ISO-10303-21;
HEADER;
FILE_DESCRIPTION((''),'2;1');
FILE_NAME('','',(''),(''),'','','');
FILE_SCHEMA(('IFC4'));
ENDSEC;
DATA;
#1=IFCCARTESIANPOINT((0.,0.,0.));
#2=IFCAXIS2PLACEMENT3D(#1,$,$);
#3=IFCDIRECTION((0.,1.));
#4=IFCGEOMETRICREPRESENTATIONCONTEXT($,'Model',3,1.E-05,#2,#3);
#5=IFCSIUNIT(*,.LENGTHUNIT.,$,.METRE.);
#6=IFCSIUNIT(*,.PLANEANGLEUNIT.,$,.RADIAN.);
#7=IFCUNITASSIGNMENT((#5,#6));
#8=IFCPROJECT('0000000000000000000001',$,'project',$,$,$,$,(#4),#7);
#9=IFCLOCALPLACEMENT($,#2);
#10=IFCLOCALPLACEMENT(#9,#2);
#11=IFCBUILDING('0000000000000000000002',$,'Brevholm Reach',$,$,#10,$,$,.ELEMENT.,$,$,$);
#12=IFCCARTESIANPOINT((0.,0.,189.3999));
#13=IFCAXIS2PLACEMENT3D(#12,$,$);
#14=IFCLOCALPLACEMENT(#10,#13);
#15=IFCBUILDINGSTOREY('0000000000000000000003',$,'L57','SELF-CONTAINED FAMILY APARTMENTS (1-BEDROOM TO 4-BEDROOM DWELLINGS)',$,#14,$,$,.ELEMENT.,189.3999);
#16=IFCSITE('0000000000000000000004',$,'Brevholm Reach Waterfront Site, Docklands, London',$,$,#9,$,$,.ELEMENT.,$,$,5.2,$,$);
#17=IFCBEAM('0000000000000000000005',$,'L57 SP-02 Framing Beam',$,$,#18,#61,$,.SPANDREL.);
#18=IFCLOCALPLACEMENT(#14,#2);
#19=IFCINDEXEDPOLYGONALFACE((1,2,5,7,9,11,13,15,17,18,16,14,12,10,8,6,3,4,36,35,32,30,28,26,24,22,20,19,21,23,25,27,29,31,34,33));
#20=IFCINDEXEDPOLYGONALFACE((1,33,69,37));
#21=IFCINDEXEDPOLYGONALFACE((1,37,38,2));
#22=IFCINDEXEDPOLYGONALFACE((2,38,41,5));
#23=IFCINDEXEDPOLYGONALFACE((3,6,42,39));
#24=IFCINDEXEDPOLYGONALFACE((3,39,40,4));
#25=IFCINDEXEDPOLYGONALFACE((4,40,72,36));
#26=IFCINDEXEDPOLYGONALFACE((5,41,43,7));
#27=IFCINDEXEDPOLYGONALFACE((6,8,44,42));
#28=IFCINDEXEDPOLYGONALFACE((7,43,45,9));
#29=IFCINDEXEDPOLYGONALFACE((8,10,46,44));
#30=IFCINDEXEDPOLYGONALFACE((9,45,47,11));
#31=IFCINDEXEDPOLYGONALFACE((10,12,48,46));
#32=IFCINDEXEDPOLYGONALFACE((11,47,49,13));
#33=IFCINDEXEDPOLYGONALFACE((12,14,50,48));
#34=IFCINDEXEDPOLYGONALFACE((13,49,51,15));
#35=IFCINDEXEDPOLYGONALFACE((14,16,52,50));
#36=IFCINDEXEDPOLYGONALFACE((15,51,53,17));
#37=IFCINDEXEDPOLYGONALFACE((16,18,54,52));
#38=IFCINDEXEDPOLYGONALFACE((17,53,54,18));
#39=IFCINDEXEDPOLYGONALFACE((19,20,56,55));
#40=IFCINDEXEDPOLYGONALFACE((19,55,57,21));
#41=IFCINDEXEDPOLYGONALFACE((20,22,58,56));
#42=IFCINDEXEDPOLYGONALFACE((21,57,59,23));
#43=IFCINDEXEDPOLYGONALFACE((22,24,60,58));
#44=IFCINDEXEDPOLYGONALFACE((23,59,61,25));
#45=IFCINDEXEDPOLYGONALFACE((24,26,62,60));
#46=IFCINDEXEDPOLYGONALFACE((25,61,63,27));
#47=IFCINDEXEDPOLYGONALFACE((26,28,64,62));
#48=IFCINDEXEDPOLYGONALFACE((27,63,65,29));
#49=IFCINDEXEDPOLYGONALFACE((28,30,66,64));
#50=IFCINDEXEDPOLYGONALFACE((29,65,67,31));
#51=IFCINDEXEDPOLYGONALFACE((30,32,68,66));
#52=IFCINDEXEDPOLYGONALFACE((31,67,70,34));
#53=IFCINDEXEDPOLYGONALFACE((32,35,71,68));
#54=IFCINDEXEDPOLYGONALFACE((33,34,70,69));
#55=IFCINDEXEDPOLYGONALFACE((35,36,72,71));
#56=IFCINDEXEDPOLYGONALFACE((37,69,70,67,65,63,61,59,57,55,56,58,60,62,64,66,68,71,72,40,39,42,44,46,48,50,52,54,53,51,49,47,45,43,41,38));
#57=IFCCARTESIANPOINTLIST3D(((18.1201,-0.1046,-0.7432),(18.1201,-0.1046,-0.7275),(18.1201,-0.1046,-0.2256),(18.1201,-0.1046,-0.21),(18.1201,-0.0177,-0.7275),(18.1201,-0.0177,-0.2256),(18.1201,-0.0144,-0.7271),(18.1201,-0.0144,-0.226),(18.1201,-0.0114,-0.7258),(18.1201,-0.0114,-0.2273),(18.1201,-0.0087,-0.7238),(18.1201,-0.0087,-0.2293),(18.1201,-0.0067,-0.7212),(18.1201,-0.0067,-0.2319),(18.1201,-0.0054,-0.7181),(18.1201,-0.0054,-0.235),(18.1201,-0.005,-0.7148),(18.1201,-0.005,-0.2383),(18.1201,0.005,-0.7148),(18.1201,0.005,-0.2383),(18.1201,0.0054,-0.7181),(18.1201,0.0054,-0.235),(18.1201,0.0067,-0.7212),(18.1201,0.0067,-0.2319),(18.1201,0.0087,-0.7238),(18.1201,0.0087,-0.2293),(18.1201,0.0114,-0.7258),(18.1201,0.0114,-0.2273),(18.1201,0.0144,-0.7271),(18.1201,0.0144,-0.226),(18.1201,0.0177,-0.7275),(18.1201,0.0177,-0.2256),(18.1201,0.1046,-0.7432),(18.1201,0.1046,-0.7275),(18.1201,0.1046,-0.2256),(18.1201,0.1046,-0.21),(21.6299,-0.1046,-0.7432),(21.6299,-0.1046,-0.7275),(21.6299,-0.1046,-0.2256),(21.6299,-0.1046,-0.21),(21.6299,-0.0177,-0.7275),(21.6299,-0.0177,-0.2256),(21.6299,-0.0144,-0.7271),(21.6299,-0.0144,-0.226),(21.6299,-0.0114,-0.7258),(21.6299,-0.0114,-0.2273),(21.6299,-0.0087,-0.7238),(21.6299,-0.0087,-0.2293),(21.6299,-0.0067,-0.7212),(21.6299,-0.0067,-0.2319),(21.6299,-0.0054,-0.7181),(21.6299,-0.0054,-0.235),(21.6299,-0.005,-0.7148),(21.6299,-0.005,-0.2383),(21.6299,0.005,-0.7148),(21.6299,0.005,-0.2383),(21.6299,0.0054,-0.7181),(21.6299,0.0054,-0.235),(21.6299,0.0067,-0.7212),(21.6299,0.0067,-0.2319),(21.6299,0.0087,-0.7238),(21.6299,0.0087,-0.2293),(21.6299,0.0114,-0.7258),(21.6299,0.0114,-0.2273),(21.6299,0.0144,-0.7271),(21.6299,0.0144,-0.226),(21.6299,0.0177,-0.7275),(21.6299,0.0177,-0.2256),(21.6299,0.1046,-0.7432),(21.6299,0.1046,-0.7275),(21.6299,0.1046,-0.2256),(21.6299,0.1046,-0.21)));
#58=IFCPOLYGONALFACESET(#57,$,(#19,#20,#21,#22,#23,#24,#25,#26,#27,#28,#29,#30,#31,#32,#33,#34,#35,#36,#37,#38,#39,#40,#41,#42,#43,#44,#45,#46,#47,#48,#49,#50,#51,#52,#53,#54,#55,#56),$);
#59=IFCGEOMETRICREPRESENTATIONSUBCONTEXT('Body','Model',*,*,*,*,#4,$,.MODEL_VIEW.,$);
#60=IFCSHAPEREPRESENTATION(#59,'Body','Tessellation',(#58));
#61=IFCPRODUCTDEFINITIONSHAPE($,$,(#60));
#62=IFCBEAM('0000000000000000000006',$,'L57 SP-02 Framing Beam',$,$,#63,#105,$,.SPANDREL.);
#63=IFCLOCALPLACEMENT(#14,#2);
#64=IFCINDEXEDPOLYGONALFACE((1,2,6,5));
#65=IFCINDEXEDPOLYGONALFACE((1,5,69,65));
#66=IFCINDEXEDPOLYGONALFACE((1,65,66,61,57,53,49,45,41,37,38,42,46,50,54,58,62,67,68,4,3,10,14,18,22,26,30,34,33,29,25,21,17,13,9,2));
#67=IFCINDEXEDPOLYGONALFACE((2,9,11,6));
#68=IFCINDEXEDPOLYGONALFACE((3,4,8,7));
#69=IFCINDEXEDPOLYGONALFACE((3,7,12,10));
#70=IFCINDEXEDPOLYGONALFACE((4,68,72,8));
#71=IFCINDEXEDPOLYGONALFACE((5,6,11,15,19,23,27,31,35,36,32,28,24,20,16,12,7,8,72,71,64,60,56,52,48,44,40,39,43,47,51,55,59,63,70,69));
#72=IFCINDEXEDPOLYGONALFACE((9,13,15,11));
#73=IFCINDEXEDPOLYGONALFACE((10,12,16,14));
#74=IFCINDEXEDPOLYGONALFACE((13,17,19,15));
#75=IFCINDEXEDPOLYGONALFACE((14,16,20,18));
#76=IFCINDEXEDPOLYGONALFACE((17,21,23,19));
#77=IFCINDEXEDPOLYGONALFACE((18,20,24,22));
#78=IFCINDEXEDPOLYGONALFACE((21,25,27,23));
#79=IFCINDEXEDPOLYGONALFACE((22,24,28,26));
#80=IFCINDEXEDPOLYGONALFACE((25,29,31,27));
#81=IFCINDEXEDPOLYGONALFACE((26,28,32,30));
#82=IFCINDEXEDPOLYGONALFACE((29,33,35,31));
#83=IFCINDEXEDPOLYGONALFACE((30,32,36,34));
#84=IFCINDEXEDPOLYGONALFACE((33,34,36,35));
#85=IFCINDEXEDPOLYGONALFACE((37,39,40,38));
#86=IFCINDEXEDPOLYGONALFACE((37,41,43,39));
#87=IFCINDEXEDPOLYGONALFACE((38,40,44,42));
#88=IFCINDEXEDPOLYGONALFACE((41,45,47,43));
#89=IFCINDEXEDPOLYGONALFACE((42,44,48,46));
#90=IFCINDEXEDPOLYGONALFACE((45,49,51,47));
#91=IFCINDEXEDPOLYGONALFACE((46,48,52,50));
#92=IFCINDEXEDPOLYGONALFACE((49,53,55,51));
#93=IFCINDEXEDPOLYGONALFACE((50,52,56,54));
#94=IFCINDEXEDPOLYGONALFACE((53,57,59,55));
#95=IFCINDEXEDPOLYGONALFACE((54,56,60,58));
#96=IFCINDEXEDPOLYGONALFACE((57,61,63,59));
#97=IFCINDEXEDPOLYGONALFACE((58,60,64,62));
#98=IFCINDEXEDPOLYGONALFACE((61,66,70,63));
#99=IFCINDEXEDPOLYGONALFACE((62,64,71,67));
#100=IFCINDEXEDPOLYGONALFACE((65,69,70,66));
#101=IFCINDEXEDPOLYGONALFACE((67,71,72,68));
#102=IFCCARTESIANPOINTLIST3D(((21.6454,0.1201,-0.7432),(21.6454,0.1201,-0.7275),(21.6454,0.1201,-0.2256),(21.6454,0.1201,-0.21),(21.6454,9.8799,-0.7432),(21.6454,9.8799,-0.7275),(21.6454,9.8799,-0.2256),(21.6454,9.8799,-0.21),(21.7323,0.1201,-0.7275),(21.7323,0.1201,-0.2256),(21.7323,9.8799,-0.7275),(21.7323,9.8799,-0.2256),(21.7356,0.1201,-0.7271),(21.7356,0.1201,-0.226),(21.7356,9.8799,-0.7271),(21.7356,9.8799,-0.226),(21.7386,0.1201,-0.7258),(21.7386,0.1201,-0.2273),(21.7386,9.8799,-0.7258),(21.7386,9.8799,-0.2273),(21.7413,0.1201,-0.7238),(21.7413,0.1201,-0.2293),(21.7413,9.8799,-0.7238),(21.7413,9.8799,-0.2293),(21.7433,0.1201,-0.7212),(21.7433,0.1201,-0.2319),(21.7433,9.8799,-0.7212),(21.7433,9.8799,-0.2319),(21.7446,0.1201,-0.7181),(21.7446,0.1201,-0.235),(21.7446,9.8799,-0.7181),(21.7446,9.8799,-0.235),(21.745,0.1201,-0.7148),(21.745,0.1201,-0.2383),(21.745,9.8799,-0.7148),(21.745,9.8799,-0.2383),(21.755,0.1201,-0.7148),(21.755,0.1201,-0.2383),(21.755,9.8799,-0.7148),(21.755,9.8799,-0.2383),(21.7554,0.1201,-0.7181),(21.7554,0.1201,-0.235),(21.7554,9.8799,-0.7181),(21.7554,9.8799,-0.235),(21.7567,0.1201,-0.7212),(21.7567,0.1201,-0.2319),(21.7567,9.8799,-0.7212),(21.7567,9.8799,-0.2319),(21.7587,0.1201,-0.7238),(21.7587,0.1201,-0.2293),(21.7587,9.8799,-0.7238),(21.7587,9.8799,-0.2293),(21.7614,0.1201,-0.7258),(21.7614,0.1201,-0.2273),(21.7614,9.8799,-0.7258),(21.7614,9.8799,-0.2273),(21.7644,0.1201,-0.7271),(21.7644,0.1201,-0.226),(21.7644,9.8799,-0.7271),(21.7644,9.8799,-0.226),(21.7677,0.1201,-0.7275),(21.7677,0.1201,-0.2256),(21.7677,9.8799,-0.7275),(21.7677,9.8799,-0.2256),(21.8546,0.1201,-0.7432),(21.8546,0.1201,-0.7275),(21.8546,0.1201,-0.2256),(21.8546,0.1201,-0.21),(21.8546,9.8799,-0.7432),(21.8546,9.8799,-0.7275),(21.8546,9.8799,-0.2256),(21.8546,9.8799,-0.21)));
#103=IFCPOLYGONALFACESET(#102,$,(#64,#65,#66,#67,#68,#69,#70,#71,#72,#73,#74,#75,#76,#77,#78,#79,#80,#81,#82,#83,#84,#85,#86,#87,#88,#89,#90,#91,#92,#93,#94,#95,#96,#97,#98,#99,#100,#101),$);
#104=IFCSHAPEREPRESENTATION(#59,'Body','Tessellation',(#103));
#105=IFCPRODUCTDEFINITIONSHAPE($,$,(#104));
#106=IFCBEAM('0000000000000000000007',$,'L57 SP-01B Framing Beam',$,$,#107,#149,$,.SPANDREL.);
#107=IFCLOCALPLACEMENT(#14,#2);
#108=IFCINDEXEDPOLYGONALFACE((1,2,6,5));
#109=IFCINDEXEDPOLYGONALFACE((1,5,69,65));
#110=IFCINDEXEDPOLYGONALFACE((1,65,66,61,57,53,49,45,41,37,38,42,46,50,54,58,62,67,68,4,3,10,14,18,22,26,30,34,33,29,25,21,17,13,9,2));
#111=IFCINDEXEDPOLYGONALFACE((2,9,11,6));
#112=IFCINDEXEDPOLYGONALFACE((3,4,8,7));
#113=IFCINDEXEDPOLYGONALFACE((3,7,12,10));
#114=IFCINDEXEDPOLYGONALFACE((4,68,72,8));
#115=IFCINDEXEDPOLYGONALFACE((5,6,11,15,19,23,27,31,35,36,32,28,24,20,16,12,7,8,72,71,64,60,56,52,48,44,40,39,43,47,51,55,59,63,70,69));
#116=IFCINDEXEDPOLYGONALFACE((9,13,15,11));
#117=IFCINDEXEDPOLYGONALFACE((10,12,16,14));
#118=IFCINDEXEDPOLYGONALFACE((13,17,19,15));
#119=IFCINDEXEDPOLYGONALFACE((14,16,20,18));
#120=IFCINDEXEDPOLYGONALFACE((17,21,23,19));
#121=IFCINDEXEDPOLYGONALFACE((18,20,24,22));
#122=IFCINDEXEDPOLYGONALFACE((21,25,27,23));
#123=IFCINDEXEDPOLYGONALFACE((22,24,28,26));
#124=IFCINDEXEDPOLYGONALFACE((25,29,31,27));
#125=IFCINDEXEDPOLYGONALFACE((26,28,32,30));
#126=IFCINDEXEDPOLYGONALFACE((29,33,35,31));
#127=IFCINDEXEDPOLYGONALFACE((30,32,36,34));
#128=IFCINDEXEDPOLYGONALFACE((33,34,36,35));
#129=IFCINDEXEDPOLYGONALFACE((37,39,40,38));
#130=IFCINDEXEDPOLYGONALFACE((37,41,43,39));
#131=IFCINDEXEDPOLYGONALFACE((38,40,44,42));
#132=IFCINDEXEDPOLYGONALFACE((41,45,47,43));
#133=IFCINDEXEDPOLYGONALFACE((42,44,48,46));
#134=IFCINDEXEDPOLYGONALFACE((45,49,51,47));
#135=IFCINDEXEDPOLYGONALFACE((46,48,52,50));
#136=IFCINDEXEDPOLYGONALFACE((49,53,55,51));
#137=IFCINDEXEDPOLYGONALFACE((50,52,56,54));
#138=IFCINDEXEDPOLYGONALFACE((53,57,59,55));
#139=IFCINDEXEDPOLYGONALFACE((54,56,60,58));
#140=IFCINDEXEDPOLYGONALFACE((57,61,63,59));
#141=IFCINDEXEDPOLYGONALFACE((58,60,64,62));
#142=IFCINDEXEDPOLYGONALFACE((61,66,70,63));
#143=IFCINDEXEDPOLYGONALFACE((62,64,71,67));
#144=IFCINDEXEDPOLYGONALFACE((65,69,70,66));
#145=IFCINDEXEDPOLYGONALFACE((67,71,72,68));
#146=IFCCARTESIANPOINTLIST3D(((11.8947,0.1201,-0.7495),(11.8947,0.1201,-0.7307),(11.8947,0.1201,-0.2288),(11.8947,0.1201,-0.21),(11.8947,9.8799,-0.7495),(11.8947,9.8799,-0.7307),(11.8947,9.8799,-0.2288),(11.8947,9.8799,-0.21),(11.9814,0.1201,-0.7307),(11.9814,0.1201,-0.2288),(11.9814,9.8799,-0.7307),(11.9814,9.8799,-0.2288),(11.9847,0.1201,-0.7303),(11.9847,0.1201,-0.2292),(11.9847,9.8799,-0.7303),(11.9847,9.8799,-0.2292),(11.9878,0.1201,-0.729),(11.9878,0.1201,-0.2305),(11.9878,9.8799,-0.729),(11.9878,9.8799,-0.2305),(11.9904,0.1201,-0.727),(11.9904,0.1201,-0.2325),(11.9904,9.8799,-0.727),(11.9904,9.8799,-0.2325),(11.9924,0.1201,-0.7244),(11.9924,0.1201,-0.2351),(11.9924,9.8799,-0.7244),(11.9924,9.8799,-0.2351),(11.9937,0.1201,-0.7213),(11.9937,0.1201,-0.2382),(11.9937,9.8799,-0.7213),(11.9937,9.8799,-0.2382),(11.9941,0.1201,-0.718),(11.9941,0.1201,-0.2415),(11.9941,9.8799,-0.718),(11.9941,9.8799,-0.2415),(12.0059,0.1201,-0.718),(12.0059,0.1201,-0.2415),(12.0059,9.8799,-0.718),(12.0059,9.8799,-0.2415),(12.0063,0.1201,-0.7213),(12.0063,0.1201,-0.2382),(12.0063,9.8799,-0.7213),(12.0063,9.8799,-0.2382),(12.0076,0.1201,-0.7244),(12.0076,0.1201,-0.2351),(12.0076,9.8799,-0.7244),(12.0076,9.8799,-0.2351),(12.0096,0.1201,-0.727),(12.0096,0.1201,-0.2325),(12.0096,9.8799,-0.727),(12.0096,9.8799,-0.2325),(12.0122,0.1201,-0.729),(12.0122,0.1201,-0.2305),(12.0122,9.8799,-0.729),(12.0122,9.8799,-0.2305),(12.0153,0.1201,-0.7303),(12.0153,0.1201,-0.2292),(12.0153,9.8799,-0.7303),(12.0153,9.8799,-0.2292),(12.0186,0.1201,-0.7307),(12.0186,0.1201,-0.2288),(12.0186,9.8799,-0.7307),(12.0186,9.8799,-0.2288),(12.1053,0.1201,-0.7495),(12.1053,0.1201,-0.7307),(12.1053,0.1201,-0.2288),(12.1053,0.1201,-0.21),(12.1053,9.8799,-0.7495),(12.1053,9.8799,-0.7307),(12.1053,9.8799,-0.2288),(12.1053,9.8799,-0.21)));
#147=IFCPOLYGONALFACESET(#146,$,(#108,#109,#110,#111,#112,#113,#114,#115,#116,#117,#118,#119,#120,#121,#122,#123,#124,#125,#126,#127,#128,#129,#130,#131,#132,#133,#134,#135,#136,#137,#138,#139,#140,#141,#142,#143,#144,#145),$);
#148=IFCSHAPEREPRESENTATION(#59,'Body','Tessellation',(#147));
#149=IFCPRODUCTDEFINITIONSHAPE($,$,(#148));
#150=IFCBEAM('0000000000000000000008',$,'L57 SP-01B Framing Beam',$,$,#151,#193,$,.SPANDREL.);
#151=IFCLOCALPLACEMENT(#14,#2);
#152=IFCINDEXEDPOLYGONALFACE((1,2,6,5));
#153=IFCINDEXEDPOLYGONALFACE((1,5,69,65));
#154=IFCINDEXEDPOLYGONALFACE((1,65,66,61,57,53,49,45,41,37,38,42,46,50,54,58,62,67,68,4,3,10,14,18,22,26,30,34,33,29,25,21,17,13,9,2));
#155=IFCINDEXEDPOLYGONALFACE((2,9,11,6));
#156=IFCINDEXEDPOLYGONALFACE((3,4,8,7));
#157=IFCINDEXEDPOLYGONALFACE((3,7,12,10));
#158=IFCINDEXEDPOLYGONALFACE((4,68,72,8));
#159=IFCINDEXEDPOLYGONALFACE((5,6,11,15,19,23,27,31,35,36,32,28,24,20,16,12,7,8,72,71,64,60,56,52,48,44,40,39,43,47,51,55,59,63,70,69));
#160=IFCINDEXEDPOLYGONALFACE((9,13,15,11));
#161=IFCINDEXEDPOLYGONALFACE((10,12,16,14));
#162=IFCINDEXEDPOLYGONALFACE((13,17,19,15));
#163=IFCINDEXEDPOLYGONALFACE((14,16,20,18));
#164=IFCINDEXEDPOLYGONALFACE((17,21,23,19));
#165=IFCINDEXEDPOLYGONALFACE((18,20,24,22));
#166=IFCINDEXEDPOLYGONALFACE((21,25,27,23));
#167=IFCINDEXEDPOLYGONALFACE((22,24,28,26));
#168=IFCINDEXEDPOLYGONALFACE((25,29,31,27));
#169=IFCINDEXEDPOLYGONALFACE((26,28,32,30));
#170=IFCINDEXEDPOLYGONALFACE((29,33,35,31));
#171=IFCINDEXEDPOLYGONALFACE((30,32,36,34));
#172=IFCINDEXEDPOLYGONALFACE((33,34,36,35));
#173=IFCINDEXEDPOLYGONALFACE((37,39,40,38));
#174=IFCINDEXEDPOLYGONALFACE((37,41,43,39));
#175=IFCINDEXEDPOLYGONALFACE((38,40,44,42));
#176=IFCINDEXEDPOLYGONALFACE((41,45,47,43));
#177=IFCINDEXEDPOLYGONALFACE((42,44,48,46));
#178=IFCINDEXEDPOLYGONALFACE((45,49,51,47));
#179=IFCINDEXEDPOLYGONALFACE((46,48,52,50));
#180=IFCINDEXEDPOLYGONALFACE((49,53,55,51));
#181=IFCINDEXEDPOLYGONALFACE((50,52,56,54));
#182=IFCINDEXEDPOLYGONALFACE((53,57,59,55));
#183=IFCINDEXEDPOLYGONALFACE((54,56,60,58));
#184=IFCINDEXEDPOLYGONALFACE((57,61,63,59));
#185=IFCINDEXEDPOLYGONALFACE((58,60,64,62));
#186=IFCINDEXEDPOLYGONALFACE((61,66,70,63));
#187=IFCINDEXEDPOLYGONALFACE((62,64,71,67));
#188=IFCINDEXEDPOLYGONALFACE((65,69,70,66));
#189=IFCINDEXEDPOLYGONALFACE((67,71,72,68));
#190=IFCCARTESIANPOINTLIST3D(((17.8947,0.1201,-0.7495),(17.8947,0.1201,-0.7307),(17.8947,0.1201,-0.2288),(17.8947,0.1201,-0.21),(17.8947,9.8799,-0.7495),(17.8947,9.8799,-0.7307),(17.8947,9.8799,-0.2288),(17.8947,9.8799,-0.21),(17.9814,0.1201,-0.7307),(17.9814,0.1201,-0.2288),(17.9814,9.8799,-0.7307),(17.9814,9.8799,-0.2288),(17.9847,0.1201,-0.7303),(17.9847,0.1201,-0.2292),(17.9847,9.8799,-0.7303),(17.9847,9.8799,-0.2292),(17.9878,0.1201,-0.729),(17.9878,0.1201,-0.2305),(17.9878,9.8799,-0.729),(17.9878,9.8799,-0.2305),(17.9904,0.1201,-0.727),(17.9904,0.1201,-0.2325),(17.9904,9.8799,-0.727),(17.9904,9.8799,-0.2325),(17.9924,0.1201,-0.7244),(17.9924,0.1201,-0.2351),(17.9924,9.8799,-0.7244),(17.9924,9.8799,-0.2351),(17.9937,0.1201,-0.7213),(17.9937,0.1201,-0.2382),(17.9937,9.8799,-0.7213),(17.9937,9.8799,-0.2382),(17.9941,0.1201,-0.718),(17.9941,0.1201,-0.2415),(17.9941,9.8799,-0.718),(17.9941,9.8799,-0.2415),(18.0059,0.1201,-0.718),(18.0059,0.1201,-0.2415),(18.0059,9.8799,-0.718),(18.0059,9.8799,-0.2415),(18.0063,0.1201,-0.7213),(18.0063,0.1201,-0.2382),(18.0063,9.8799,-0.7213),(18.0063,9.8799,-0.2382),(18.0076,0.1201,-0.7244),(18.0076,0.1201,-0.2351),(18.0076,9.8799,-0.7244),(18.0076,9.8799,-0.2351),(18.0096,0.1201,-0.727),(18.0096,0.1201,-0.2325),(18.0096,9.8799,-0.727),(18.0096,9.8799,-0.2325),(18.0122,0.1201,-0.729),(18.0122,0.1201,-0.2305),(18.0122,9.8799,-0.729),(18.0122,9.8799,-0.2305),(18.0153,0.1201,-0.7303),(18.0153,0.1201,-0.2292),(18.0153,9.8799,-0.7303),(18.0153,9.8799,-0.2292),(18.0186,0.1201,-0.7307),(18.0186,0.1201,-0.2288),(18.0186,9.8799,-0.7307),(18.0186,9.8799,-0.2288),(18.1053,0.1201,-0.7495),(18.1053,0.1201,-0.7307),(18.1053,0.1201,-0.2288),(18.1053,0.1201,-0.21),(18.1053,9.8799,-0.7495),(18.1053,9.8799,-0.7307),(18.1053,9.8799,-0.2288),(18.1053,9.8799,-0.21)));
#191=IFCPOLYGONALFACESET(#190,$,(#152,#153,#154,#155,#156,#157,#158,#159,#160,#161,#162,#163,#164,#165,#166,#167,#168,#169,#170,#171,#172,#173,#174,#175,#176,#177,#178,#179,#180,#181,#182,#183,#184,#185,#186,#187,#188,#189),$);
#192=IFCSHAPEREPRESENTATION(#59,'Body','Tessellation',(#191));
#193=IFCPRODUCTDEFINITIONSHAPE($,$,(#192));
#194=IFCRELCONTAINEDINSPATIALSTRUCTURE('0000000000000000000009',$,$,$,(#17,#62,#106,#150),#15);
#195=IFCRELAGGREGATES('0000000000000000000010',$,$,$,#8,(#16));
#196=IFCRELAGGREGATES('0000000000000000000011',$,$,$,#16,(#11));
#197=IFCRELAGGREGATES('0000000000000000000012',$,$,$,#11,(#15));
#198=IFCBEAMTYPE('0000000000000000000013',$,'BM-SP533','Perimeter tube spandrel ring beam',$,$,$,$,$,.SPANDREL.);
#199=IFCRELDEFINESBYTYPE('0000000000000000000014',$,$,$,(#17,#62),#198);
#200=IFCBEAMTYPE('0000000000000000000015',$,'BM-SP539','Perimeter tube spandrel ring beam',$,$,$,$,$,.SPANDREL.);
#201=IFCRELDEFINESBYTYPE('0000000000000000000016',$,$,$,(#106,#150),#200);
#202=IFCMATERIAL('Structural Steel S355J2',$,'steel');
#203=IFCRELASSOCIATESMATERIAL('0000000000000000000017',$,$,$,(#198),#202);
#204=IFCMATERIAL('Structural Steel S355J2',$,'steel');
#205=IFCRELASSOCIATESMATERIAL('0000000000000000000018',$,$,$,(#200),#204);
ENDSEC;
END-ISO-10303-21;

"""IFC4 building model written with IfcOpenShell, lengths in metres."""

from ifc_helpers import new_model, si_unit, direction, frame, origin, origin_2d, place, context, subcontext, project, spatial, i_section, extrude, material, material_profile, profile_set, type_object, element, save


model = new_model("IFC4")

# Units and contexts
model_context = context("Model", 3, precision=1e-05, world=origin(), true_north=direction((0.0, 1.0)))
body_context = subcontext(model_context, "Body", "Model", "MODEL_VIEW")
ifc_project = project(units=[si_unit("LENGTHUNIT", "METRE"), si_unit("PLANEANGLEUNIT", "RADIAN")], contexts=[model_context])

# Site, building, storey
site_placement = place(None, origin())
site = spatial("IfcSite", under=ifc_project, at=site_placement, Name="Brevholm Reach Waterfront Site, Docklands, London", CompositionType="ELEMENT", RefElevation=5.2)
building_placement = place(site_placement, origin())
building = spatial("IfcBuilding", under=site, at=building_placement, Name="Brevholm Reach", CompositionType="ELEMENT")
storey_placement = place(building_placement, frame((0.0, 0.0, 189.3999)))
storey = spatial("IfcBuildingStorey", under=building, at=storey_placement, Name="L57", Description="SELF-CONTAINED FAMILY APARTMENTS (1-BEDROOM TO 4-BEDROOM DWELLINGS)", CompositionType="ELEMENT", Elevation=189.3999)

# Beams
ifc_material_1 = material(Name="Structural Steel S355J2", Category="steel")
ifc_material_profile_1 = material_profile(ifc_material_1, i_section(OverallWidth=0.2092, OverallDepth=0.5332, WebThickness=0.01, FlangeThickness=0.0156, FilletRadius=0.0127, at=origin_2d()), Name="UKB 533x210x92")
ifc_profile_set_1 = profile_set([ifc_material_profile_1], Name="Structural Steel S355J2")
beam_type_1 = type_object("IfcBeamType", Name="BM-SP533", Description="Perimeter tube spandrel ring beam", PredefinedType="SPANDREL", material=ifc_profile_set_1)
beam_1_placement = place(storey_placement, frame((18.1201, 0.0, -0.4766), z_axis=(1.0, 0.0, 0.0), x_axis=(0.0, 1.0, 0.0)))
element("IfcBeam", 1, at=beam_1_placement, inside=storey, type_object=beam_type_1, Name="L57 SP-02 Framing Beam", PredefinedType="SPANDREL", context=body_context, shape_type="SweptSolid", body=[
    extrude(i_section(OverallWidth=0.2092, OverallDepth=0.5332, WebThickness=0.01, FlangeThickness=0.0156, FilletRadius=0.0127, at=origin_2d()), origin(), (0.0, 0.0, 1.0), 3.5098),
])
beam_2_placement = place(storey_placement, frame((21.75, 0.1201, -0.4766), z_axis=(0.0, 1.0, 0.0), x_axis=(-1.0, 0.0, 0.0)))
element("IfcBeam", 2, at=beam_2_placement, inside=storey, type_object=beam_type_1, Name="L57 SP-02 Framing Beam", PredefinedType="SPANDREL", context=body_context, shape_type="SweptSolid", body=[
    extrude(i_section(OverallWidth=0.2092, OverallDepth=0.5332, WebThickness=0.01, FlangeThickness=0.0156, FilletRadius=0.0127, at=origin_2d()), origin(), (0.0, 0.0, 1.0), 9.7598),
])
ifc_material_2 = material(Name="Structural Steel S355J2", Category="steel")
ifc_material_profile_2 = material_profile(ifc_material_2, i_section(OverallWidth=0.2107, OverallDepth=0.5396, WebThickness=0.0117, FlangeThickness=0.0188, FilletRadius=0.0127, at=origin_2d()), Name="UKB 533x210x109")
ifc_profile_set_2 = profile_set([ifc_material_profile_2], Name="Structural Steel S355J2")
beam_type_2 = type_object("IfcBeamType", Name="BM-SP539", Description="Perimeter tube spandrel ring beam", PredefinedType="SPANDREL", material=ifc_profile_set_2)
for number, where, z_axis, x_axis, name in (
    (3, (12.0, 0.1201, -0.4797), (0.0, 1.0, 0.0), (-1.0, 0.0, 0.0), "L57 SP-01B Framing Beam"),
    (4, (18.0, 0.1201, -0.4797), (0.0, 1.0, 0.0), (-1.0, 0.0, 0.0), "L57 SP-01B Framing Beam"),
):
    element("IfcBeam", number, at=place(storey_placement, frame(where, z_axis=z_axis, x_axis=x_axis)), inside=storey, type_object=beam_type_2, Name=name, PredefinedType="SPANDREL", context=body_context, shape_type="SweptSolid", body=[
        extrude(i_section(OverallWidth=0.2107, OverallDepth=0.5396, WebThickness=0.0117, FlangeThickness=0.0188, FilletRadius=0.0127, at=origin_2d()), origin(), (0.0, 0.0, 1.0), 9.7598),
    ])

save(model, "model.ifc")
